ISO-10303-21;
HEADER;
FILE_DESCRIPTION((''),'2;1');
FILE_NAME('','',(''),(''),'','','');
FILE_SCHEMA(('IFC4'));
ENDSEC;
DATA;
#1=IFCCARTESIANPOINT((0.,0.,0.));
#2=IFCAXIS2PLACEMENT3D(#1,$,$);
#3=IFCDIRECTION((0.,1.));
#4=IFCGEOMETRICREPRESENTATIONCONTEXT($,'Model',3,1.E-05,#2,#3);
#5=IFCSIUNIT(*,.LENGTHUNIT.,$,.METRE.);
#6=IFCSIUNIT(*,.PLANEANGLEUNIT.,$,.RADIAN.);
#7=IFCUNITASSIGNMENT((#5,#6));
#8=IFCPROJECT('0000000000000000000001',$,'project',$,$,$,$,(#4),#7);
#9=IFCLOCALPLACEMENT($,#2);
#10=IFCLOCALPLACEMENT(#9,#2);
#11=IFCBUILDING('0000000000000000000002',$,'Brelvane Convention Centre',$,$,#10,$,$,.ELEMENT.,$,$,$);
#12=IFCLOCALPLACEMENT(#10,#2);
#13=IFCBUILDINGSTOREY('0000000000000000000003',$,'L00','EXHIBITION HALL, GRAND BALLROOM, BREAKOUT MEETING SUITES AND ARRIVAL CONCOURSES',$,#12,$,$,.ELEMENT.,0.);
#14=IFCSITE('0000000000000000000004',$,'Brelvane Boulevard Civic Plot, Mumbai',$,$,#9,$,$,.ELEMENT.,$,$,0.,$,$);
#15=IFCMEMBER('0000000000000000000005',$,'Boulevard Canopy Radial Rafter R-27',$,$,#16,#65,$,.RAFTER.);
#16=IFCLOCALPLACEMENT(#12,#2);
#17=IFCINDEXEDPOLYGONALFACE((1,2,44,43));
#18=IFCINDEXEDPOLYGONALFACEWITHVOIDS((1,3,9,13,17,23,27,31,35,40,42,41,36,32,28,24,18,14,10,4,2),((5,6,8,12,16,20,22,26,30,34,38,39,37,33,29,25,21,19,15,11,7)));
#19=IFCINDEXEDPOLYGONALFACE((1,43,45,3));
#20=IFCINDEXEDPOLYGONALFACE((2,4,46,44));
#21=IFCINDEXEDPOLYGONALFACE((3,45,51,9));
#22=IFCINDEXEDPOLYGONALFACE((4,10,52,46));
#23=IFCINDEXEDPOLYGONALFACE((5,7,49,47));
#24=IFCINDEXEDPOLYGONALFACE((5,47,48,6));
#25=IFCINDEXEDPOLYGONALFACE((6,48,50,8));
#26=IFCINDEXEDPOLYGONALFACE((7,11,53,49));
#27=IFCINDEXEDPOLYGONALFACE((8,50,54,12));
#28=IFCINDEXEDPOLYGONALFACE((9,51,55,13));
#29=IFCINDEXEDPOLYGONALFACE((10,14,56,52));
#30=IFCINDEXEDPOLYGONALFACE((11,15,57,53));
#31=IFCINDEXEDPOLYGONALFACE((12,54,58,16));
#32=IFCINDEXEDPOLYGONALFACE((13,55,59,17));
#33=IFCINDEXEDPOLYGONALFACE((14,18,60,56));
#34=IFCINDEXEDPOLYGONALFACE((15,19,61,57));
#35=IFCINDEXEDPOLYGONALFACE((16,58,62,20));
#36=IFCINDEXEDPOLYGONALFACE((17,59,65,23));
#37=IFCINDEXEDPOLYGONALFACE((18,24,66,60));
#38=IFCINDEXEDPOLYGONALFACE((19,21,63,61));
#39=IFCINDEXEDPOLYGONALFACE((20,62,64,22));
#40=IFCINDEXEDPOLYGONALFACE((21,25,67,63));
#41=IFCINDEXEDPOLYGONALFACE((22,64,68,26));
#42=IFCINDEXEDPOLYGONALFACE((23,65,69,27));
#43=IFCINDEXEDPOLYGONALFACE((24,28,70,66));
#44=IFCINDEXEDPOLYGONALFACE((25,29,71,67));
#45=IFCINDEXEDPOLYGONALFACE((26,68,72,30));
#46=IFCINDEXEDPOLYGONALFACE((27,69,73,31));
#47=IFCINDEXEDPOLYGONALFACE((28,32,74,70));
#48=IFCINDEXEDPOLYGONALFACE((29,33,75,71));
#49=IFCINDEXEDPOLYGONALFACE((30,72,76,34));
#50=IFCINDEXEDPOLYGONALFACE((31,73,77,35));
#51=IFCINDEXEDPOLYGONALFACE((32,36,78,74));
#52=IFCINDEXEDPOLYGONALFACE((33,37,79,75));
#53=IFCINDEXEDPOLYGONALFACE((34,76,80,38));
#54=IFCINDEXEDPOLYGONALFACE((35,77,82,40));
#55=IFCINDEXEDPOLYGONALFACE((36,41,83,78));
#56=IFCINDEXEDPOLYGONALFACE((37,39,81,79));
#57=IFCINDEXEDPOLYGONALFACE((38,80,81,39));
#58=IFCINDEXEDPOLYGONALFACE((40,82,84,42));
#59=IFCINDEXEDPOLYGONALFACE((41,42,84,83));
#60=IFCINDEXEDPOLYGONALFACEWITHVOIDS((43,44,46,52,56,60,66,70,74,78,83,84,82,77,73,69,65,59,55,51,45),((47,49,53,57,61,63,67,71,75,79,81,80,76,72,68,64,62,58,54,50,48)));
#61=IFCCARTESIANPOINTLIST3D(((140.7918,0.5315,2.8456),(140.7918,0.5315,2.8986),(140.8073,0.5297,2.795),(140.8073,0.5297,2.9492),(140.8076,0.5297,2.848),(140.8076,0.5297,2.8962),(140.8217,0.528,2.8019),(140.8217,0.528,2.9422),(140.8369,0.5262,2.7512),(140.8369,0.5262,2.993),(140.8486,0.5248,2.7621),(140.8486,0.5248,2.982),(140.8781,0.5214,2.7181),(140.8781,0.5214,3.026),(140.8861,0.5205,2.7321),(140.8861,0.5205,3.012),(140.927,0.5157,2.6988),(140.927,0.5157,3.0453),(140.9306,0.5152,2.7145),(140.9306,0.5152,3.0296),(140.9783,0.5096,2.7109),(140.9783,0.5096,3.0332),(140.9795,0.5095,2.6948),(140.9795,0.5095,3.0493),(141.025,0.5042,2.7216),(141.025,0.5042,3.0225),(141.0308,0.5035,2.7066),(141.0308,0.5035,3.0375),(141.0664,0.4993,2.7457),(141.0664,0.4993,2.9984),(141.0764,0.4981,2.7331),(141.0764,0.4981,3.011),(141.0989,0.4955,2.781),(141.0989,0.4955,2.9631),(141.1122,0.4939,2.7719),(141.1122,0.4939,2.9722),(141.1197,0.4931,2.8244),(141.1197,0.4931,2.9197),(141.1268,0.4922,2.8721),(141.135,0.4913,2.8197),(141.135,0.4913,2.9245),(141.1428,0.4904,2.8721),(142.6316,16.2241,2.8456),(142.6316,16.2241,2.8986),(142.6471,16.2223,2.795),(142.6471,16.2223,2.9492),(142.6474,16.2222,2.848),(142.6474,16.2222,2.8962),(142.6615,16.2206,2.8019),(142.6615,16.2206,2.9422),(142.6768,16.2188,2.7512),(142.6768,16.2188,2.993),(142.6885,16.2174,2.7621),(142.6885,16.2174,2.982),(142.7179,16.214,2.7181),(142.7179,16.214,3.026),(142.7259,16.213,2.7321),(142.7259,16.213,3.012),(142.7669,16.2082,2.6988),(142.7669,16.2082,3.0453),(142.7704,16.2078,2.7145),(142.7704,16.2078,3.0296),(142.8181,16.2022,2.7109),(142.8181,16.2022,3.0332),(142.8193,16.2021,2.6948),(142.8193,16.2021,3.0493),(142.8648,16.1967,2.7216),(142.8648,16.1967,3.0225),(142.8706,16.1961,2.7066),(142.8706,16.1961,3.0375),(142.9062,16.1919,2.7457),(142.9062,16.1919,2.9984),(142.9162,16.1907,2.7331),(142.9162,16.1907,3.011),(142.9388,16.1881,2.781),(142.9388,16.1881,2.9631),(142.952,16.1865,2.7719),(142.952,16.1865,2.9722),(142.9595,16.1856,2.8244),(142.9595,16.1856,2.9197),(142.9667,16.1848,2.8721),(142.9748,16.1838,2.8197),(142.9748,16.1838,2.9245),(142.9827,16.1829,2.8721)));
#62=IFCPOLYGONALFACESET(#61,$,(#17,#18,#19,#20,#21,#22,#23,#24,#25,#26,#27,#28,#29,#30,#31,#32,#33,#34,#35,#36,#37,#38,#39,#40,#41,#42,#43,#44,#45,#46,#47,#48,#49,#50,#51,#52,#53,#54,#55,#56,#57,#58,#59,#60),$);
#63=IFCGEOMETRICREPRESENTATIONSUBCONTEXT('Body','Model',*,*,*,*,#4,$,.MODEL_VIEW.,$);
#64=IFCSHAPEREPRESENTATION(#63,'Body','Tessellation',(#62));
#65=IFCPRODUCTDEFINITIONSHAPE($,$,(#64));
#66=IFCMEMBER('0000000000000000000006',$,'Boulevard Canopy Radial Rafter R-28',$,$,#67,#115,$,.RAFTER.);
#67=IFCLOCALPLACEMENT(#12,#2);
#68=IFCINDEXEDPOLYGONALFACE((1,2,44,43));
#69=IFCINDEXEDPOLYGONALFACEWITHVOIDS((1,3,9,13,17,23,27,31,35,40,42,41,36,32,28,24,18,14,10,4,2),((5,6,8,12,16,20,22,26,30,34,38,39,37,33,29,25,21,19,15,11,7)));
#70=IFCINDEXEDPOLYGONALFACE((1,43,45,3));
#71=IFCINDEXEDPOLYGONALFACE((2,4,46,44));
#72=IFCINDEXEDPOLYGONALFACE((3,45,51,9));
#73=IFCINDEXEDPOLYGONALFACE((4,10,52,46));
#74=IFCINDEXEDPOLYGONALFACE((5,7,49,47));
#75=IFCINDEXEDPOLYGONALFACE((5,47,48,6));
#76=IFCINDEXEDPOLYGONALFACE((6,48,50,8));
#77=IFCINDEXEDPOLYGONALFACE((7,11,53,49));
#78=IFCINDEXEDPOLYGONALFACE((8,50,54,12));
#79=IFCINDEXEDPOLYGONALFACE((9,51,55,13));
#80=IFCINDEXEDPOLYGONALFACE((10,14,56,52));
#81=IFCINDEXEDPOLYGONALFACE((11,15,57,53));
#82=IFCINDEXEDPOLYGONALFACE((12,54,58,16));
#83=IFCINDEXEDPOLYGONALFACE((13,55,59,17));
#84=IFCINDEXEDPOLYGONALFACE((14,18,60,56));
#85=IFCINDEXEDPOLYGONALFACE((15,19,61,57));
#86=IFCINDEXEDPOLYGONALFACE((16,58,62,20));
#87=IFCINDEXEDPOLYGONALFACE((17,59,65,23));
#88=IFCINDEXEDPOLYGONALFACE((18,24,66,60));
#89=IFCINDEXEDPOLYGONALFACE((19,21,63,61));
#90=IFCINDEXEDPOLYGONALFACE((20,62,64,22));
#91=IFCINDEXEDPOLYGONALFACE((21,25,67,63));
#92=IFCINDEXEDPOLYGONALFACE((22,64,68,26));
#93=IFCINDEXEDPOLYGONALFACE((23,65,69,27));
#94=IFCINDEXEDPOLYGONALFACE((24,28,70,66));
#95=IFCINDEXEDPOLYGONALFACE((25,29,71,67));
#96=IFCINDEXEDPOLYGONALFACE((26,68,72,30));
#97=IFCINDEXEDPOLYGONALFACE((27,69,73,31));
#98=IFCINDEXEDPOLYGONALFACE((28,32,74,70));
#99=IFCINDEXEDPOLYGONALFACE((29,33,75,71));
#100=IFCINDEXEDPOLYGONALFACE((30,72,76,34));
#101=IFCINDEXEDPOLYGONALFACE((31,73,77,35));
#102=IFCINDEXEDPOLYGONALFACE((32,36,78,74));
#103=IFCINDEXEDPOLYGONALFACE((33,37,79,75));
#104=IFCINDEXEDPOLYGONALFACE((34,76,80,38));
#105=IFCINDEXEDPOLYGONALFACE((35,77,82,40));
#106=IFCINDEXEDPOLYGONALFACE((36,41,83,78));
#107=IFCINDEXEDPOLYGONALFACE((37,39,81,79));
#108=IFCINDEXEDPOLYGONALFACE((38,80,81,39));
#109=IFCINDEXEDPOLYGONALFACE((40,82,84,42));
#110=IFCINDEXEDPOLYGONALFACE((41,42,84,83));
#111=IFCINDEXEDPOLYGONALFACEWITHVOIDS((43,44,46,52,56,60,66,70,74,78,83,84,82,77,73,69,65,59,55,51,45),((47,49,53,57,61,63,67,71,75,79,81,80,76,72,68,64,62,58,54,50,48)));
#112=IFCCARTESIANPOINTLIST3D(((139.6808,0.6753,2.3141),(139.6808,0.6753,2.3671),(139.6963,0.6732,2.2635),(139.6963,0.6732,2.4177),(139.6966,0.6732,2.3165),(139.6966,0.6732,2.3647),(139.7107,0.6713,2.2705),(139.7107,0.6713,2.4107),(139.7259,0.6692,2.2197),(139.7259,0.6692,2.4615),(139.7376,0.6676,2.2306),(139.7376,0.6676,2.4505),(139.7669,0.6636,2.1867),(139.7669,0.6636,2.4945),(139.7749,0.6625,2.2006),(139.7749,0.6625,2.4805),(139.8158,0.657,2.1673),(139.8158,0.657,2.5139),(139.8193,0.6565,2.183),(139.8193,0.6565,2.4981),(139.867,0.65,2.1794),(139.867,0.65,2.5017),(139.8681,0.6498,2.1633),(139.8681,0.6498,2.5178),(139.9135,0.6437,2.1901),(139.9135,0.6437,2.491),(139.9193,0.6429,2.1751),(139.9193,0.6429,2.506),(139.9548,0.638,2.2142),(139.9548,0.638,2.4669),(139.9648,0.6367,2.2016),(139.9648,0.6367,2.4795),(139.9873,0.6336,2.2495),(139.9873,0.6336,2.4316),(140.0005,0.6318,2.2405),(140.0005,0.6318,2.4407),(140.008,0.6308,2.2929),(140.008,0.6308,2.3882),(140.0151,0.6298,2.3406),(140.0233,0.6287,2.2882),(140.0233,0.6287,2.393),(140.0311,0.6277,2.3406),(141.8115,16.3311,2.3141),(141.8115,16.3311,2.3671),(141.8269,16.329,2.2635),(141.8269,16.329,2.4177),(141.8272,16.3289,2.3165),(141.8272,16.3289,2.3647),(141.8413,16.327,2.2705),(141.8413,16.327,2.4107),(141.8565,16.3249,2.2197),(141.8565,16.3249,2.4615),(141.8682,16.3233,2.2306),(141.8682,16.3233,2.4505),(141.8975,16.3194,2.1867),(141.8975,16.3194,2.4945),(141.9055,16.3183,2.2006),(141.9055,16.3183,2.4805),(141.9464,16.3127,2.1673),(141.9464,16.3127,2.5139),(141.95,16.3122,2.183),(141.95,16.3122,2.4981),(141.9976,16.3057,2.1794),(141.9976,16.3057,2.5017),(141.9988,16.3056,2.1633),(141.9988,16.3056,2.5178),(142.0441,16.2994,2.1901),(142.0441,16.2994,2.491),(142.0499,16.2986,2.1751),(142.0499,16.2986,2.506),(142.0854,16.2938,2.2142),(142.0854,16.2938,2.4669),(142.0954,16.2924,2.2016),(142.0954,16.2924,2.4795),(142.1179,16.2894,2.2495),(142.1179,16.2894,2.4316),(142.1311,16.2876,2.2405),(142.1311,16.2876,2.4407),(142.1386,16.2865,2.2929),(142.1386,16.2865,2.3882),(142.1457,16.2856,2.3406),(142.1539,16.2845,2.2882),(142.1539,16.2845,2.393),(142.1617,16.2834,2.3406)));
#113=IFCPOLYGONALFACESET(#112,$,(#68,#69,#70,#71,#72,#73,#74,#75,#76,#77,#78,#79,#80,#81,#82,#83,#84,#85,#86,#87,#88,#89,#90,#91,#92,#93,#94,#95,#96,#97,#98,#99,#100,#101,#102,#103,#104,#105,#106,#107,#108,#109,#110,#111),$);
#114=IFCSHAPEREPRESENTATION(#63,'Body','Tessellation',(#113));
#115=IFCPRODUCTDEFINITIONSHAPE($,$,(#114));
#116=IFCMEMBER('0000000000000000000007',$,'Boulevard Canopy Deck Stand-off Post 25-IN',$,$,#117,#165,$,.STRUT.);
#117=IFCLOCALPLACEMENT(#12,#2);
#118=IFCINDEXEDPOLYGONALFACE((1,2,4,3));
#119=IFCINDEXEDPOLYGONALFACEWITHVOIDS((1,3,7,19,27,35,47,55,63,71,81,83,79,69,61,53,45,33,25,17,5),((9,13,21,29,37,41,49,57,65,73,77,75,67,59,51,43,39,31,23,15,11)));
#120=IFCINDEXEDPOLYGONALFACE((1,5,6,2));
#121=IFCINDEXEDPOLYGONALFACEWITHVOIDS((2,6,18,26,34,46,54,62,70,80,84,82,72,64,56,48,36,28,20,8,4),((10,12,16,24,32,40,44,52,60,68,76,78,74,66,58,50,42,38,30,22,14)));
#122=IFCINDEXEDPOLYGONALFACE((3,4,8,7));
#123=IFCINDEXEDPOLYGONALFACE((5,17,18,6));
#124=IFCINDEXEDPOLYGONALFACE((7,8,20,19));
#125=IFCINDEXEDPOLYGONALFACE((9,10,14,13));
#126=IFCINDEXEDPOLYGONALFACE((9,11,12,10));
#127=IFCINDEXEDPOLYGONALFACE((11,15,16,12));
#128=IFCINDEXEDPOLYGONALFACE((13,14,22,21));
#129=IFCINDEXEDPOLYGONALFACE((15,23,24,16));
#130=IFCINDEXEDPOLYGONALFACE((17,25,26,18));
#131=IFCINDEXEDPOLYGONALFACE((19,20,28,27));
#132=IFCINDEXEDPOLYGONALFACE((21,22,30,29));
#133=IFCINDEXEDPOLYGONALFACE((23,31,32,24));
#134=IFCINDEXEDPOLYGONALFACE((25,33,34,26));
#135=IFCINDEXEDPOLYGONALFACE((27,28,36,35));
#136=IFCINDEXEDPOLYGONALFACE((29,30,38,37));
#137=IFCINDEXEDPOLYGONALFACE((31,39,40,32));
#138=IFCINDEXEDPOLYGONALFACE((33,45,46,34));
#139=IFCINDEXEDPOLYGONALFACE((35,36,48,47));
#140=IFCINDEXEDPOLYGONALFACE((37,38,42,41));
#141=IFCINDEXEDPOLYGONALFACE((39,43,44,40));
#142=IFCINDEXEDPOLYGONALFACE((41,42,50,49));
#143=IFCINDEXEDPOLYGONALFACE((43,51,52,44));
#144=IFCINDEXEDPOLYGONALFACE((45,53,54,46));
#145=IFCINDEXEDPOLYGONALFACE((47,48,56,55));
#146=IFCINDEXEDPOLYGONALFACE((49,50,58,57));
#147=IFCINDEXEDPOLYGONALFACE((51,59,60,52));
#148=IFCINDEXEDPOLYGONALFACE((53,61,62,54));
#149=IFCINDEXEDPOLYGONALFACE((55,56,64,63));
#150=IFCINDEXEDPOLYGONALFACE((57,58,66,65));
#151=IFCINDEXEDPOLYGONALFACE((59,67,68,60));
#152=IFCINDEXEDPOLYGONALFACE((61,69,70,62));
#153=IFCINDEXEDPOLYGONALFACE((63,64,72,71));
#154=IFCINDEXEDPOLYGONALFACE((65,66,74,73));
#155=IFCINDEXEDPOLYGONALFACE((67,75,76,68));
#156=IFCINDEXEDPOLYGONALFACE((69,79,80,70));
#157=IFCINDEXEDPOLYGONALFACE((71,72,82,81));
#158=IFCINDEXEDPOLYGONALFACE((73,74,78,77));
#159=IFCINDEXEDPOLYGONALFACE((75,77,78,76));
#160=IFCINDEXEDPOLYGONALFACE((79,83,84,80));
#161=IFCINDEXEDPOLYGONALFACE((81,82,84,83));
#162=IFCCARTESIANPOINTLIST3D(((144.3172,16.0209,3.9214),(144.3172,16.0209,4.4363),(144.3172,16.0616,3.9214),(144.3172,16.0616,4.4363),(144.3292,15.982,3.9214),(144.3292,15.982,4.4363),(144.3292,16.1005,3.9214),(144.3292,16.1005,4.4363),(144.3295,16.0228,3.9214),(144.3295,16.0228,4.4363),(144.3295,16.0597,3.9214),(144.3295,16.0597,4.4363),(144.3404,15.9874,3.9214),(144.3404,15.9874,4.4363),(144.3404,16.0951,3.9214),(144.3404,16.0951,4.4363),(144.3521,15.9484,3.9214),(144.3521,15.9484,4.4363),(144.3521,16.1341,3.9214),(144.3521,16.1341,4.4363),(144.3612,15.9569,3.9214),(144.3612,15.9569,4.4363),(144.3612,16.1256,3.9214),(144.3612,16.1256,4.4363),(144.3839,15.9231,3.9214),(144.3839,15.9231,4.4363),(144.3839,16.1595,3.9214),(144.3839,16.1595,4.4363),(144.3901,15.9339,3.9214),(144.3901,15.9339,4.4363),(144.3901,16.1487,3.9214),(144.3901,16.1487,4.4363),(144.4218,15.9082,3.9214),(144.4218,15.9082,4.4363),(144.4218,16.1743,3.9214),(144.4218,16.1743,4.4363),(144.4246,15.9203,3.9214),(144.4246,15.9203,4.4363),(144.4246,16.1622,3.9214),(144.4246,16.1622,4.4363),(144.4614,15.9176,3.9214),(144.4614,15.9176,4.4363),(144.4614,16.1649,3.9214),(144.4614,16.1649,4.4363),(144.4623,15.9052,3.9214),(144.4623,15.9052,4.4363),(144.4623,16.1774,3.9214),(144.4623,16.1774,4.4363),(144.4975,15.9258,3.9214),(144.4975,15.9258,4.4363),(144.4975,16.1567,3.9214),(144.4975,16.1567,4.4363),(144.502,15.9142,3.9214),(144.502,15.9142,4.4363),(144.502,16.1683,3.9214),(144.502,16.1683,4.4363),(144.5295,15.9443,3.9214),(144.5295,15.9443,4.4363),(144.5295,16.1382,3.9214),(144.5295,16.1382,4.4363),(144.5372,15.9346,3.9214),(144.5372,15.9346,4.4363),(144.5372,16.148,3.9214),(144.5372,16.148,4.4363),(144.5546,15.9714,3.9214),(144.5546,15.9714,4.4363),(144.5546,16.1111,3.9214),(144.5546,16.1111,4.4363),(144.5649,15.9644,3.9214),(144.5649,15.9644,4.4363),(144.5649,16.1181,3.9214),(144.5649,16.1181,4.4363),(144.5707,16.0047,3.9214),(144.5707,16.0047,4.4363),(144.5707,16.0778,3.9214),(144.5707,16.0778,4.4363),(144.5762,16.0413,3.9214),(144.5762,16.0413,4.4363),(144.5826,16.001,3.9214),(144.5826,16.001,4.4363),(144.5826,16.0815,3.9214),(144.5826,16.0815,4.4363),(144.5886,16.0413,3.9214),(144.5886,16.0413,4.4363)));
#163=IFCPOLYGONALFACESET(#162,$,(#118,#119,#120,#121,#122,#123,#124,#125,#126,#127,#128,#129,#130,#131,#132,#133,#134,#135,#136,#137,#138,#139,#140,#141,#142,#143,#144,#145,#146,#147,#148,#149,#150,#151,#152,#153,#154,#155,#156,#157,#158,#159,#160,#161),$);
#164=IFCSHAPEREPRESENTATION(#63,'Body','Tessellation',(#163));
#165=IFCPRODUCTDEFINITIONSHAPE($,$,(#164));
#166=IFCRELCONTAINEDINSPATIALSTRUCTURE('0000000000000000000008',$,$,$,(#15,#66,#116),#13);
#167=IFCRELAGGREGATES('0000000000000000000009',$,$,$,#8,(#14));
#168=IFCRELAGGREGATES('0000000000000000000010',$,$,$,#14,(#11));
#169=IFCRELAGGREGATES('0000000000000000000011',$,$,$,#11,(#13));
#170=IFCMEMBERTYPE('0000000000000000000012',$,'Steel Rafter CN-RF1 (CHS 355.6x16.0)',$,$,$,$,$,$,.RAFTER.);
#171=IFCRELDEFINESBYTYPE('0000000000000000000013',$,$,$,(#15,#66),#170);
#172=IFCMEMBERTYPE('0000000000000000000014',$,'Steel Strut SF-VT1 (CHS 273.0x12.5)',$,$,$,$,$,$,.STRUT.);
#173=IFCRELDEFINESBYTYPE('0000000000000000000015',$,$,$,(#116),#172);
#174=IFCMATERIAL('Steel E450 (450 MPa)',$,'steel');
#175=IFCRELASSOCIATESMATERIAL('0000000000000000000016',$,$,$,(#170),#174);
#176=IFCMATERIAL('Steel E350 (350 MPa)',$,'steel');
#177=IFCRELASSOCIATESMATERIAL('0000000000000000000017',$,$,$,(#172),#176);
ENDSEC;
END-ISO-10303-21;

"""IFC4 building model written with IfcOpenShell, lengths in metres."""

from ifc_helpers import new_model, si_unit, direction, frame, origin, origin_2d, place, context, subcontext, project, spatial, hollow_circle, extrude, material, material_profile, profile_set, type_object, element, save


model = new_model("IFC4")

# Units and contexts
model_context = context("Model", 3, precision=1e-05, world=origin(), true_north=direction((0.0, 1.0)))
body_context = subcontext(model_context, "Body", "Model", "MODEL_VIEW")
ifc_project = project(units=[si_unit("LENGTHUNIT", "METRE"), si_unit("PLANEANGLEUNIT", "RADIAN")], contexts=[model_context])

# Site, building, storey
site_placement = place(None, origin())
site = spatial("IfcSite", under=ifc_project, at=site_placement, Name="Brelvane Boulevard Civic Plot, Mumbai", CompositionType="ELEMENT", RefElevation=0.0)
building_placement = place(site_placement, origin())
building = spatial("IfcBuilding", under=site, at=building_placement, Name="Brelvane Convention Centre", CompositionType="ELEMENT")
storey_placement = place(building_placement, origin())
storey = spatial("IfcBuildingStorey", under=building, at=storey_placement, Name="L00", Description="EXHIBITION HALL, GRAND BALLROOM, BREAKOUT MEETING SUITES AND ARRIVAL CONCOURSES", CompositionType="ELEMENT", Elevation=0.0)

# Members
ifc_material_1 = material(Name="Steel E450 (450 MPa)", Category="steel")
ifc_material_profile_1 = material_profile(ifc_material_1, hollow_circle(Radius=0.1777, WallThickness=0.0161, at=origin_2d()), Name="CHS 355.6x16.0")
ifc_profile_set_1 = profile_set([ifc_material_profile_1], Name="Steel E450 (450 MPa)")
member_type_1 = type_object("IfcMemberType", Name="Steel Rafter CN-RF1 (CHS 355.6x16.0)", PredefinedType="RAFTER", material=ifc_profile_set_1)
for number, where, z_axis, x_axis, name in (
    (1, (142.8062, 16.2036, 2.8721), (-0.116445, -0.993197, 0.0), (0.993197, -0.116445, 0.0), "Boulevard Canopy Radial Rafter R-27"),
    (2, (141.9856, 16.3074, 2.3406), (-0.134848, -0.990866, 0.0), (0.990866, -0.134848, 0.0), "Boulevard Canopy Radial Rafter R-28"),
):
    element("IfcMember", number, at=place(storey_placement, frame(where, z_axis=z_axis, x_axis=x_axis)), inside=storey, type_object=member_type_1, Name=name, PredefinedType="RAFTER", context=body_context, shape_type="SweptSolid", body=[
        extrude(hollow_circle(Radius=0.1777, WallThickness=0.0161, at=origin_2d()), origin(), (0.0, 0.0, 1.0), 15.8),
    ])
ifc_material_2 = material(Name="Steel E350 (350 MPa)", Category="steel")
ifc_material_profile_2 = material_profile(ifc_material_2, hollow_circle(Radius=0.1365, WallThickness=0.0125, at=origin_2d()), Name="CHS 273.0x12.5")
ifc_profile_set_2 = profile_set([ifc_material_profile_2], Name="Steel E350 (350 MPa)")
member_type_2 = type_object("IfcMemberType", Name="Steel Strut SF-VT1 (CHS 273.0x12.5)", PredefinedType="STRUT", material=ifc_profile_set_2)
for number, where, z_axis, x_axis, name in (
    (3, (144.4521, 16.0413, 3.9214), (0.0, 0.0, 1.0), (1.0, 0.0, 0.0), "Boulevard Canopy Deck Stand-off Post 25-IN"),
):
    element("IfcMember", number, at=place(storey_placement, frame(where, z_axis=z_axis, x_axis=x_axis)), inside=storey, type_object=member_type_2, Name=name, PredefinedType="STRUT", context=body_context, shape_type="SweptSolid", body=[
        extrude(hollow_circle(Radius=0.1365, WallThickness=0.0125, at=origin_2d()), origin(), (0.0, 0.0, 1.0), 0.5149),
    ])

save(model, "model.ifc")
